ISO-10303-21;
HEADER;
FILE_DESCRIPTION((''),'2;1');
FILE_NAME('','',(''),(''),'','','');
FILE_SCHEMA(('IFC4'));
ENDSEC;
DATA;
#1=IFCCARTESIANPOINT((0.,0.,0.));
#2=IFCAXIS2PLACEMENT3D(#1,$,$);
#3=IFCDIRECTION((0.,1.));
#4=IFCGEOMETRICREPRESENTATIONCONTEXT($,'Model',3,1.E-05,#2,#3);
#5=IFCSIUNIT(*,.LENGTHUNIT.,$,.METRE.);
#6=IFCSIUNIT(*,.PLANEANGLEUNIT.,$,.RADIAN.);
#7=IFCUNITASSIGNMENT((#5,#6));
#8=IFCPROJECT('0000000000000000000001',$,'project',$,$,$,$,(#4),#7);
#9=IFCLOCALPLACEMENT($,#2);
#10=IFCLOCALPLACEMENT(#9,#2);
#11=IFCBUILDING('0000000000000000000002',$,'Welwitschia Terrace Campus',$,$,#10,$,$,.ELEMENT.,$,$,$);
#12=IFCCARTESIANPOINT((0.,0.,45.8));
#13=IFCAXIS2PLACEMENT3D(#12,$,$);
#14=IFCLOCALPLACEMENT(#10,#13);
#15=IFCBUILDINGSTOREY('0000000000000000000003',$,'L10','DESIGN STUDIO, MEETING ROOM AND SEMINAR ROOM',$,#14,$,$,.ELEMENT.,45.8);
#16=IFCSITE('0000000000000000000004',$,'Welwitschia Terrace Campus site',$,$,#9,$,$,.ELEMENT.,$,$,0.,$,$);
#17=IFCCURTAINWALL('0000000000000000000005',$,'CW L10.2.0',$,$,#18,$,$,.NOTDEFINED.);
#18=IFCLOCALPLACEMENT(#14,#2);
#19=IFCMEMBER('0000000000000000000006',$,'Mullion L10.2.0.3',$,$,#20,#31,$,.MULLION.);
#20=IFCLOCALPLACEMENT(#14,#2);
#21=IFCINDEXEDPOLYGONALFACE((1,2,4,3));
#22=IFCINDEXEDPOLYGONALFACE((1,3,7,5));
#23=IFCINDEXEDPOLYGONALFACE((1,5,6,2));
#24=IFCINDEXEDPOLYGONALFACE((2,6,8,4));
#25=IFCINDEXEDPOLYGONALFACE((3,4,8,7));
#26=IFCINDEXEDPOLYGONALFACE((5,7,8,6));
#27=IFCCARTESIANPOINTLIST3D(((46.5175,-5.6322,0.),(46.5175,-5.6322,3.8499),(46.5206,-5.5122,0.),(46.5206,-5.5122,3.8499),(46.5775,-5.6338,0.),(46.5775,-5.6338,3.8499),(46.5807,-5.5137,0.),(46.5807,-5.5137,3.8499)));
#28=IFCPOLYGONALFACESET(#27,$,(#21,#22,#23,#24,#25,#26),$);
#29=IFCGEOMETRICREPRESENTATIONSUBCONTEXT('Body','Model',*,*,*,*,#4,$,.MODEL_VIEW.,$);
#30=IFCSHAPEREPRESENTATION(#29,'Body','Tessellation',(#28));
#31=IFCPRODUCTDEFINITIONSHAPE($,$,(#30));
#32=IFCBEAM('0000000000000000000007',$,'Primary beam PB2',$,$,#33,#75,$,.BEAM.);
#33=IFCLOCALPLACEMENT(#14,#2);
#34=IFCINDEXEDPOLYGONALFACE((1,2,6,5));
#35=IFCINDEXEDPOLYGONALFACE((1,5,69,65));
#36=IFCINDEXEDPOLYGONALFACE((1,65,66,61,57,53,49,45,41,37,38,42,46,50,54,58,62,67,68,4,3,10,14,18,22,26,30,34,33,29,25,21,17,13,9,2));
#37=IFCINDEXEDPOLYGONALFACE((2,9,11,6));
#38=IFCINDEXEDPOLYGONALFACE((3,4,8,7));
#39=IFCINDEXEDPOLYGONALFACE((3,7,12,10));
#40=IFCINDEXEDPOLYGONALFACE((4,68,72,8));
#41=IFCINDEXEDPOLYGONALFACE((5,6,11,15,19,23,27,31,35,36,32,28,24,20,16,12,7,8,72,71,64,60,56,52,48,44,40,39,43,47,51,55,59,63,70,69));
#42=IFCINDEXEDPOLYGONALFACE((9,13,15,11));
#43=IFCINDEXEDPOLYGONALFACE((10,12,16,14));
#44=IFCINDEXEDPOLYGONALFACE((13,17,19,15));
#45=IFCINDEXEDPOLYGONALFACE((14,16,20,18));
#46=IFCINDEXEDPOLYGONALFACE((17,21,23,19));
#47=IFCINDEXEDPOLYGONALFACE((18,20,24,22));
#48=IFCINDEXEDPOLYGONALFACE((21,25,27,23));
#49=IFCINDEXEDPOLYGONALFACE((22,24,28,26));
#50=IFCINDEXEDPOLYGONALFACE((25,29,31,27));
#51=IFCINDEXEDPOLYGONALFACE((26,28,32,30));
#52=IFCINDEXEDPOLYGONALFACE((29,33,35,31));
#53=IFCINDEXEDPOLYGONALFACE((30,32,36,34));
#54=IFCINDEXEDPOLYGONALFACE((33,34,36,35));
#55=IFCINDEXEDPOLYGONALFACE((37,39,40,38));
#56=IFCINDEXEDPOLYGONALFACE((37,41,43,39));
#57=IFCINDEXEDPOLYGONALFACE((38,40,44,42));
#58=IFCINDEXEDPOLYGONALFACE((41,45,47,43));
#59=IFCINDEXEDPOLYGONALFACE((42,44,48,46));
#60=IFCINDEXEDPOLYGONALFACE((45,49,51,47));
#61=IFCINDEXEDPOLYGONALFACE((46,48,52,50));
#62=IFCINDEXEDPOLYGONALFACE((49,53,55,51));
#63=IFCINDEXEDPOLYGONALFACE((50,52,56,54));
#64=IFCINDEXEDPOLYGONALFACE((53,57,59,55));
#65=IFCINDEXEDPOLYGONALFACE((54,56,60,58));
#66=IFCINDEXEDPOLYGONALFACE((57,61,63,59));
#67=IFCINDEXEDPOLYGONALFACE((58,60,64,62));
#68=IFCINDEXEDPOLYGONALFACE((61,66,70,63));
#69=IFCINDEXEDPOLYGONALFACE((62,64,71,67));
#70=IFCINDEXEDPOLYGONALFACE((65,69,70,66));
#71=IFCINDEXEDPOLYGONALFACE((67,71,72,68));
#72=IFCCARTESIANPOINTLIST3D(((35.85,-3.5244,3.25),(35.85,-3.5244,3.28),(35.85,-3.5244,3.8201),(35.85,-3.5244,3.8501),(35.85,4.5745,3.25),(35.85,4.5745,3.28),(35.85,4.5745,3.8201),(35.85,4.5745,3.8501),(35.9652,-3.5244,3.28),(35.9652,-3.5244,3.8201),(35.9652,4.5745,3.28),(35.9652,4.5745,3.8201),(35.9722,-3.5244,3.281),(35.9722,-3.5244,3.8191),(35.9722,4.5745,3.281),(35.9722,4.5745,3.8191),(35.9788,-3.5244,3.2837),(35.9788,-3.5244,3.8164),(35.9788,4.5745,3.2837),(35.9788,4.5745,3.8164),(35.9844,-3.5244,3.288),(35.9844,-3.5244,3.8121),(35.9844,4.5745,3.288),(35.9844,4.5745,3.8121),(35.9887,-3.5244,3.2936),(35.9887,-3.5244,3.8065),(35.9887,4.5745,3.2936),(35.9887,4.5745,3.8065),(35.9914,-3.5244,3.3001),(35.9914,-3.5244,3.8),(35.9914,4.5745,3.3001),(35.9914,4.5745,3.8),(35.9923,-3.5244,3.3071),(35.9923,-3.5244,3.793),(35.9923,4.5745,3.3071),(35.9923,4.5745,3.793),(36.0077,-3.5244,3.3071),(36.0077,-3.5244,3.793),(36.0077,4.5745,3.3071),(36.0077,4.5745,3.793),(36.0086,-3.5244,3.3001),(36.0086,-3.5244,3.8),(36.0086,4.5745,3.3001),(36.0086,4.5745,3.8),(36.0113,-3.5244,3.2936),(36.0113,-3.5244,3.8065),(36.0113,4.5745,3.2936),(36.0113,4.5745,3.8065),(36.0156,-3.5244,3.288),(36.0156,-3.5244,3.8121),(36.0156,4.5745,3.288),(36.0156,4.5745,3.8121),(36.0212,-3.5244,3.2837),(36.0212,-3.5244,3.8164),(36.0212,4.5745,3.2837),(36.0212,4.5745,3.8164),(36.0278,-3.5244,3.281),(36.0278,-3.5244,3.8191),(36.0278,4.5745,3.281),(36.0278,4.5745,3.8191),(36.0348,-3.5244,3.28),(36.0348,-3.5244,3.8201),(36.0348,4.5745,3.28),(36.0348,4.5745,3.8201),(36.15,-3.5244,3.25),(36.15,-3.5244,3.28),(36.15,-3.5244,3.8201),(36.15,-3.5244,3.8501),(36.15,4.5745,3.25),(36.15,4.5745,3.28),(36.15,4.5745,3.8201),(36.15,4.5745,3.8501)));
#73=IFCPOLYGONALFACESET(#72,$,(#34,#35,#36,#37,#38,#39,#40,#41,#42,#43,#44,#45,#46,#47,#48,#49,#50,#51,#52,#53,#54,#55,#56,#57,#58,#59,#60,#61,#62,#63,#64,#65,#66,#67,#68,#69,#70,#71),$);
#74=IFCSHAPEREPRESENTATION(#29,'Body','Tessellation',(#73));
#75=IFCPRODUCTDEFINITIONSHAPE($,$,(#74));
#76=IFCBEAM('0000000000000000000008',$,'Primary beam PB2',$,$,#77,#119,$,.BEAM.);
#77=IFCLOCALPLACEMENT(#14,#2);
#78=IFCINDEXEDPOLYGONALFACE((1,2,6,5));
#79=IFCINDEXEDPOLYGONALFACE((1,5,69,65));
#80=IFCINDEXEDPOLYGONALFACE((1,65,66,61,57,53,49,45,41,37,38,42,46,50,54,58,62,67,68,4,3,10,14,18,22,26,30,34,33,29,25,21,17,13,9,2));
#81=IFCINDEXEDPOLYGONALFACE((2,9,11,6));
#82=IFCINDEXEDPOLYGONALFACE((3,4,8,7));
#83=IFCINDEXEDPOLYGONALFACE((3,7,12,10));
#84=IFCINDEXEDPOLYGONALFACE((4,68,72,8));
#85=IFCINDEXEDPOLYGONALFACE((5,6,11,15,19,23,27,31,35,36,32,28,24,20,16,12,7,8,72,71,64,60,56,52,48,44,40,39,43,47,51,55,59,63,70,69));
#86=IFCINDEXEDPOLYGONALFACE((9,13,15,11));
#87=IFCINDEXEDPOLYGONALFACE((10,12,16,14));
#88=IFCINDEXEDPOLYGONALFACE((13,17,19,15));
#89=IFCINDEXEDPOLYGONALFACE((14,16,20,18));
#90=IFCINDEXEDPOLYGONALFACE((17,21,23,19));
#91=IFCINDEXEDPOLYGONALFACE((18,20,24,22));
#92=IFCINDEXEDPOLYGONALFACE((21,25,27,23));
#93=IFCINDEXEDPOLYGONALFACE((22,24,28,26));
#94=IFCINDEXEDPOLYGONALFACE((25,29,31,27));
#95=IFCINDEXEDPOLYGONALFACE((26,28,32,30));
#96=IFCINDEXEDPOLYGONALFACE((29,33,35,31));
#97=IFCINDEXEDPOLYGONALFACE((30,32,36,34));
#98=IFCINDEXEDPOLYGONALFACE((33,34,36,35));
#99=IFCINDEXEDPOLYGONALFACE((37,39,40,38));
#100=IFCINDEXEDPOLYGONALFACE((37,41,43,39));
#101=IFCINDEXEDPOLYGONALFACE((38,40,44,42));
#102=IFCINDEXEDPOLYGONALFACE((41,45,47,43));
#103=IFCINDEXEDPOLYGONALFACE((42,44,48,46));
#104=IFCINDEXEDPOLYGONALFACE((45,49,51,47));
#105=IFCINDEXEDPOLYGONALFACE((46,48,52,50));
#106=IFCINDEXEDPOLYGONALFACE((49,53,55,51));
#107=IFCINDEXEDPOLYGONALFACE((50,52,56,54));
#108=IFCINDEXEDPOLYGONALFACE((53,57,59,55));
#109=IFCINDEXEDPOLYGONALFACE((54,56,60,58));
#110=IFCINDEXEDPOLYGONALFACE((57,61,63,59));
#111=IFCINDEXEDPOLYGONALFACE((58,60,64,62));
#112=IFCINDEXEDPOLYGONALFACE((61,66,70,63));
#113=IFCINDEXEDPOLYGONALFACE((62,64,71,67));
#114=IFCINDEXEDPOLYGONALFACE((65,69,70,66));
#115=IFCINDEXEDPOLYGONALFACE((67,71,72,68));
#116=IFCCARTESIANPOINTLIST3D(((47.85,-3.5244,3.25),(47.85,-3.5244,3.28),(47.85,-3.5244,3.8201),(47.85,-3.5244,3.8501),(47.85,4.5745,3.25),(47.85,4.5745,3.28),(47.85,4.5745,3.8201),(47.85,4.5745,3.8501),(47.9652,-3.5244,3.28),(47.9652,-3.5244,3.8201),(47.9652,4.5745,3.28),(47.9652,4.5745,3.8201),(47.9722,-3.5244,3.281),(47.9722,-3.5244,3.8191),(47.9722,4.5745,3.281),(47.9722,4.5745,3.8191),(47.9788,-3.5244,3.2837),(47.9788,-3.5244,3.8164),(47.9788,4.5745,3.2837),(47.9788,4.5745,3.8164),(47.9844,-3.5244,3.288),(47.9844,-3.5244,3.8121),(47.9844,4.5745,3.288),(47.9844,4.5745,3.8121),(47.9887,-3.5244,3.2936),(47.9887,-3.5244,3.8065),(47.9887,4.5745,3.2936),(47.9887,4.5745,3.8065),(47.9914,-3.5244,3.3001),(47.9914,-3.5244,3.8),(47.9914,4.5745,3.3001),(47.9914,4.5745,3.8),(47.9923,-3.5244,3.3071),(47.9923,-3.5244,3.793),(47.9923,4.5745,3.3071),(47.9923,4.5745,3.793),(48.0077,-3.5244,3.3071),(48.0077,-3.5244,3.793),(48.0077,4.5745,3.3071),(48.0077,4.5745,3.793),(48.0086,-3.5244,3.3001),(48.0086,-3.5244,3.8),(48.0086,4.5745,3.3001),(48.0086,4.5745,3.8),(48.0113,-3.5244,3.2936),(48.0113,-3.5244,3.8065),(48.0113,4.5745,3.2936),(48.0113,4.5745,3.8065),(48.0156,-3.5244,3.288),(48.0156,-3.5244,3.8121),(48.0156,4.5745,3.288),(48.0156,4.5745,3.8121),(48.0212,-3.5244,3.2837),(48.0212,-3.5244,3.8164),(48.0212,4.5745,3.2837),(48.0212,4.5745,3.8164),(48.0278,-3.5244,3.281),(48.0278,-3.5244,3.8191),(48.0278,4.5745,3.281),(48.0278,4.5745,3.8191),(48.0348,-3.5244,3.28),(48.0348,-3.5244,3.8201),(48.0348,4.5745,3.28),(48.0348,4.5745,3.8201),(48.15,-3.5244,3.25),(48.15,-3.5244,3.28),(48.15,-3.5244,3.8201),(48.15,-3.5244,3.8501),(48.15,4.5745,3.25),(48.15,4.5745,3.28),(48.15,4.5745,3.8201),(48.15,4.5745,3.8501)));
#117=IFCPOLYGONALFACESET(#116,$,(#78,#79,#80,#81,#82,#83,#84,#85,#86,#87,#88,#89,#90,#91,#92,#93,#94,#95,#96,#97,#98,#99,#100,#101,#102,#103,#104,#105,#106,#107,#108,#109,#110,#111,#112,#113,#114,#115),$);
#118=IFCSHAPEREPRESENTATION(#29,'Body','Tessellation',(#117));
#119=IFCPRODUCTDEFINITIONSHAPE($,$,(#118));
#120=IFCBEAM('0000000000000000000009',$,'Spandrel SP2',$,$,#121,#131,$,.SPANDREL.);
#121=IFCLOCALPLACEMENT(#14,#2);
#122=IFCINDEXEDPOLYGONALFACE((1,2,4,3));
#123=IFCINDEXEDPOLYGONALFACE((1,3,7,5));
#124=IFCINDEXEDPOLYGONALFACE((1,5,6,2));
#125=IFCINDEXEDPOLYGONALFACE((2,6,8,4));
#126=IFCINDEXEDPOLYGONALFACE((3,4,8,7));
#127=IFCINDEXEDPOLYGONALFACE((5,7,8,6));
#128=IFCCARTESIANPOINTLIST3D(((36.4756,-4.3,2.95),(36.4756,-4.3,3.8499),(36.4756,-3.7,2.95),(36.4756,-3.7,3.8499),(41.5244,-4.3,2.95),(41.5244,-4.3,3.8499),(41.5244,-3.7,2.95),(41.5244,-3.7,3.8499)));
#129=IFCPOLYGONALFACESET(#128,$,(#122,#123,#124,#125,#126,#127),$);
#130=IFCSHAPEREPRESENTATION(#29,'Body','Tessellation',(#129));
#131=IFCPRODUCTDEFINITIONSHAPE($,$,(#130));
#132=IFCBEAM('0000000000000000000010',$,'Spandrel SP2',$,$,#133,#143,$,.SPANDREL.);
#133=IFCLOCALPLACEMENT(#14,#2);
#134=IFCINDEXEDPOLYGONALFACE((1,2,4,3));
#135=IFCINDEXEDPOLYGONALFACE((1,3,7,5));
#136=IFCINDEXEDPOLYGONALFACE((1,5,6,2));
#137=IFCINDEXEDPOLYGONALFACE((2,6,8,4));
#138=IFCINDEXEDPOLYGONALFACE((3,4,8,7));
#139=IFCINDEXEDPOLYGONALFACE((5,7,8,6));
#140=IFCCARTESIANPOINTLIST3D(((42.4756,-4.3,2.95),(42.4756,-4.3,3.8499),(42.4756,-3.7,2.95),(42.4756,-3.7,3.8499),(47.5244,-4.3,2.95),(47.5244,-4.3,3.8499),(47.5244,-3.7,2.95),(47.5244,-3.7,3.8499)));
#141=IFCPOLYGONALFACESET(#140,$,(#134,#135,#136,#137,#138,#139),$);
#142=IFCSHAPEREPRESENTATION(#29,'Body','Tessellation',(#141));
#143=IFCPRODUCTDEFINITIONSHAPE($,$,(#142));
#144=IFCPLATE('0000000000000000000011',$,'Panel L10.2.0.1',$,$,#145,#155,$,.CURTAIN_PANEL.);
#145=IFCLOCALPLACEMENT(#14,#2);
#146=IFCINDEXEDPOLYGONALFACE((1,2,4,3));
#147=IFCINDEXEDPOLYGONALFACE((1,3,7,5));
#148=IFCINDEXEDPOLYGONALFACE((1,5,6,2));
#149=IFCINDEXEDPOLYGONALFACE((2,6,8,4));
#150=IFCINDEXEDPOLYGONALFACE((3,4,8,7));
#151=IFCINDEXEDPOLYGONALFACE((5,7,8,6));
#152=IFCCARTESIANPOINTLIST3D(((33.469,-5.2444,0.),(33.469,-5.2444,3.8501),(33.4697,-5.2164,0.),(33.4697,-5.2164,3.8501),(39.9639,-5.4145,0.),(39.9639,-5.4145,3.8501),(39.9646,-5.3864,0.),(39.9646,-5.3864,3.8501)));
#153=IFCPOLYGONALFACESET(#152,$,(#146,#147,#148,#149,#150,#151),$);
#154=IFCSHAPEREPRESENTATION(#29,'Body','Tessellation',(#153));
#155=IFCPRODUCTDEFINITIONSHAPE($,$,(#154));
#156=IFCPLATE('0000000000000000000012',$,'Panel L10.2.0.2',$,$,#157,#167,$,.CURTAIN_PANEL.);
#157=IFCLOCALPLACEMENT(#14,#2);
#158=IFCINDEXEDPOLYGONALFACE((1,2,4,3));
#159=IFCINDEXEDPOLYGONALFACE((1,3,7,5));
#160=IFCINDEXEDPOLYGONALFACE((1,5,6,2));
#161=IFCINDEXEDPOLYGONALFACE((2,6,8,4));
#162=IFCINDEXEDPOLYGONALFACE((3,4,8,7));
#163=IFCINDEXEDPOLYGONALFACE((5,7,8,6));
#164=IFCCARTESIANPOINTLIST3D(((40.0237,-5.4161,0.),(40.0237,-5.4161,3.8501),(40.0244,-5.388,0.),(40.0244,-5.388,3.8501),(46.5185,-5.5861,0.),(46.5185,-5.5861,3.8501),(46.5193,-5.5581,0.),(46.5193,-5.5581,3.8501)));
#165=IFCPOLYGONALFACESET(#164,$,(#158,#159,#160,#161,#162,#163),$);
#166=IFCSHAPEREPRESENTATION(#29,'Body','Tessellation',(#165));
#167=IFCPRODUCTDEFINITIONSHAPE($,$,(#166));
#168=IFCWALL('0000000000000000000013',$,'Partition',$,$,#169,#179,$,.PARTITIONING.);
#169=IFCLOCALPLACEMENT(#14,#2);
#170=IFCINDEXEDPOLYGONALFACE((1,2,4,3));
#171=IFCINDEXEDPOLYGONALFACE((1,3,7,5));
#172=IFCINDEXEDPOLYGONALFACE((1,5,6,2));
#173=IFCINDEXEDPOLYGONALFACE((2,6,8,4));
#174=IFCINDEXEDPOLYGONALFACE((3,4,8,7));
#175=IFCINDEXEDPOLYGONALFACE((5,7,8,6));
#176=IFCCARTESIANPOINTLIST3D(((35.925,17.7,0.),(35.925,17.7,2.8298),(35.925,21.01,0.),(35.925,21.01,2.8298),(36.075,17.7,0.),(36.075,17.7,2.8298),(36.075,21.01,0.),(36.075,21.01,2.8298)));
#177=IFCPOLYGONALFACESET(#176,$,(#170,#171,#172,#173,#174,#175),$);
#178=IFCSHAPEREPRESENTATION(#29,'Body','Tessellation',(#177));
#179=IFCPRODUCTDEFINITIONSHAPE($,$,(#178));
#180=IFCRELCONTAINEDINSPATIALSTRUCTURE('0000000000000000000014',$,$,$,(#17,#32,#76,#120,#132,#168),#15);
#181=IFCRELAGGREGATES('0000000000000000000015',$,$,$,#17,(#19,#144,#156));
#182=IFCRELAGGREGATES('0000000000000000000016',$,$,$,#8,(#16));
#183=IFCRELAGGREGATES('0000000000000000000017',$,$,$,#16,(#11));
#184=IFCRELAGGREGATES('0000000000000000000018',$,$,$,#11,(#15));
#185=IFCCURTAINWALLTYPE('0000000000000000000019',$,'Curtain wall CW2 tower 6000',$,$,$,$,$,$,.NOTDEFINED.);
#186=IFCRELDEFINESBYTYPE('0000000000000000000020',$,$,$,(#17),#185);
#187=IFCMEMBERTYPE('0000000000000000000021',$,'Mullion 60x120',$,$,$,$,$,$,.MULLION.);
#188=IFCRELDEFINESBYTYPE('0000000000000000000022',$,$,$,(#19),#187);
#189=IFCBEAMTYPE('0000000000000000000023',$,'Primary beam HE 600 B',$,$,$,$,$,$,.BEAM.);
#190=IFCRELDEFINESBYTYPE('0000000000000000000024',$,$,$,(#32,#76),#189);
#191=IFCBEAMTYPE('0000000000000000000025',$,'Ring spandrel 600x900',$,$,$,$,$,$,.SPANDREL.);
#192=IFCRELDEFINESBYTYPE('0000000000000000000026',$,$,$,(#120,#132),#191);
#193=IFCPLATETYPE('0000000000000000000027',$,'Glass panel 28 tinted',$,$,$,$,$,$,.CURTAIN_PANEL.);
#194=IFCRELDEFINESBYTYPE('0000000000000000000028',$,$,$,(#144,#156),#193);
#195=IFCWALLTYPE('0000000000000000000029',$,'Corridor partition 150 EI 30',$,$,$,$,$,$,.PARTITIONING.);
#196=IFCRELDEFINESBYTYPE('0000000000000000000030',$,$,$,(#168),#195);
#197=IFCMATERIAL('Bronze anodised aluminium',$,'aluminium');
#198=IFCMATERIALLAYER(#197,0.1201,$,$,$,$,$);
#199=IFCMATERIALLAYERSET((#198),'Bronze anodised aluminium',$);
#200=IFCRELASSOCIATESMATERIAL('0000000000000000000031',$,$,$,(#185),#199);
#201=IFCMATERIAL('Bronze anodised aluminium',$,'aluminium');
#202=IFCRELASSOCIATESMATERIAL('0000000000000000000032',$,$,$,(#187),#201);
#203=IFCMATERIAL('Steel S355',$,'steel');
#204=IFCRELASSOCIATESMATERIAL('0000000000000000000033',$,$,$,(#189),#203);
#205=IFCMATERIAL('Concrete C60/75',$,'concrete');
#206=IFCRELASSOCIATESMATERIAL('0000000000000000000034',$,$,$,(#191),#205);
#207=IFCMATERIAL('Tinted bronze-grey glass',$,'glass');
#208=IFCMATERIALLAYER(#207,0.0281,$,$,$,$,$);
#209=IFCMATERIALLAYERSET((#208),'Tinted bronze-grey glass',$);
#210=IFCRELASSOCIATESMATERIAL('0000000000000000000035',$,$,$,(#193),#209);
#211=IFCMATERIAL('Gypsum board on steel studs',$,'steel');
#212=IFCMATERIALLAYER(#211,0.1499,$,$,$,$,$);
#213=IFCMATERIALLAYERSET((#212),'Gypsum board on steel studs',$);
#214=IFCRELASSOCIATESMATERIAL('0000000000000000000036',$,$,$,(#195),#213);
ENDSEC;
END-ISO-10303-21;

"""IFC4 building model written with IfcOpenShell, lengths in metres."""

from ifc_helpers import new_model, si_unit, direction, frame, frame_2d, origin, origin_2d, place, context, subcontext, project, spatial, rectangle, i_section, extrude, material, layer, layer_set, material_profile, profile_set, type_object, element, aggregate, save


model = new_model("IFC4")

# Units and contexts
model_context = context("Model", 3, precision=1e-05, world=origin(), true_north=direction((0.0, 1.0)))
body_context = subcontext(model_context, "Body", "Model", "MODEL_VIEW")
ifc_project = project(units=[si_unit("LENGTHUNIT", "METRE"), si_unit("PLANEANGLEUNIT", "RADIAN")], contexts=[model_context])

# Site, building, storey
site_placement = place(None, origin())
site = spatial("IfcSite", under=ifc_project, at=site_placement, Name="Welwitschia Terrace Campus site", CompositionType="ELEMENT", RefElevation=0.0)
building_placement = place(site_placement, origin())
building = spatial("IfcBuilding", under=site, at=building_placement, Name="Welwitschia Terrace Campus", CompositionType="ELEMENT")
storey_placement = place(building_placement, frame((0.0, 0.0, 45.8)))
storey = spatial("IfcBuildingStorey", under=building, at=storey_placement, Name="L10", Description="DESIGN STUDIO, MEETING ROOM AND SEMINAR ROOM", CompositionType="ELEMENT", Elevation=45.8)

# Curtain wall, member
ifc_material_1 = material(Name="Bronze anodised aluminium", Category="aluminium")
ifc_layer_1 = layer(ifc_material_1, 0.1201)
ifc_layer_set_1 = layer_set([ifc_layer_1], Name="Bronze anodised aluminium")
curtain_wall_type = type_object("IfcCurtainWallType", Name="Curtain wall CW2 tower 6000", PredefinedType="NOTDEFINED", material=ifc_layer_set_1)
curtain_wall_placement = place(storey_placement, origin())
curtain_wall = element("IfcCurtainWall", 1, at=curtain_wall_placement, inside=storey, type_object=curtain_wall_type, Name="CW L10.2.0", PredefinedType="NOTDEFINED")
ifc_material_2 = material(Name="Bronze anodised aluminium", Category="aluminium")
ifc_material_profile_1 = material_profile(ifc_material_2, rectangle(XDim=0.1201, YDim=0.0601, at=origin_2d()))
ifc_profile_set_1 = profile_set([ifc_material_profile_1], Name="Bronze anodised aluminium")
member_type = type_object("IfcMemberType", Name="Mullion 60x120", PredefinedType="MULLION", material=ifc_profile_set_1)
member_1_placement = place(storey_placement, frame((46.5491, -5.573, 0.0), z_axis=(0.0, 0.0, 1.0), x_axis=(0.026177, 0.999657, 0.0)))
member_1 = element("IfcMember", 2, at=member_1_placement, type_object=member_type, Name="Mullion L10.2.0.3", PredefinedType="MULLION", context=body_context, shape_type="SweptSolid", body=[
    extrude(rectangle(XDim=0.1201, YDim=0.0601, at=origin_2d()), origin(), (0.0, 0.0, 1.0), 3.8499),
])

# Beams
ifc_material_3 = material(Name="Steel S355", Category="steel")
ifc_material_profile_2 = material_profile(ifc_material_3, i_section(OverallWidth=0.3, OverallDepth=0.6001, WebThickness=0.0154, FlangeThickness=0.03, FilletRadius=0.0271, at=origin_2d()))
ifc_profile_set_2 = profile_set([ifc_material_profile_2], Name="Steel S355")
beam_type_1 = type_object("IfcBeamType", Name="Primary beam HE 600 B", PredefinedType="BEAM", material=ifc_profile_set_2)
for number, where, z_axis, x_axis, name in (
    (3, (36.0, -3.5244, 3.55), (0.0, 1.0, 0.0), (-1.0, 0.0, 0.0), "Primary beam PB2"),
    (4, (48.0, -3.5244, 3.55), (0.0, 1.0, 0.0), (-1.0, 0.0, 0.0), "Primary beam PB2"),
):
    element("IfcBeam", number, at=place(storey_placement, frame(where, z_axis=z_axis, x_axis=x_axis)), inside=storey, type_object=beam_type_1, Name=name, PredefinedType="BEAM", context=body_context, shape_type="SweptSolid", body=[
        extrude(i_section(OverallWidth=0.3, OverallDepth=0.6001, WebThickness=0.0154, FlangeThickness=0.03, FilletRadius=0.0271, at=origin_2d()), origin(), (0.0, 0.0, 1.0), 8.0989),
    ])
ifc_material_4 = material(Name="Concrete C60/75", Category="concrete")
ifc_material_profile_3 = material_profile(ifc_material_4, rectangle(XDim=0.6001, YDim=0.8999, at=origin_2d()))
ifc_profile_set_3 = profile_set([ifc_material_profile_3], Name="Concrete C60/75")
beam_type_2 = type_object("IfcBeamType", Name="Ring spandrel 600x900", PredefinedType="SPANDREL", material=ifc_profile_set_3)
for number, where, z_axis, x_axis, name in (
    (5, (36.4756, -4.0, 3.3999), (1.0, 0.0, 0.0), (0.0, 1.0, 0.0), "Spandrel SP2"),
    (6, (42.4756, -4.0, 3.3999), (1.0, 0.0, 0.0), (0.0, 1.0, 0.0), "Spandrel SP2"),
):
    element("IfcBeam", number, at=place(storey_placement, frame(where, z_axis=z_axis, x_axis=x_axis)), inside=storey, type_object=beam_type_2, Name=name, PredefinedType="SPANDREL", context=body_context, shape_type="SweptSolid", body=[
        extrude(rectangle(XDim=0.6001, YDim=0.8999, at=origin_2d()), origin(), (0.0, 0.0, 1.0), 5.0488),
    ])

# Plates
ifc_material_5 = material(Name="Tinted bronze-grey glass", Category="glass")
ifc_layer_2 = layer(ifc_material_5, 0.0281)
ifc_layer_set_2 = layer_set([ifc_layer_2], Name="Tinted bronze-grey glass")
plate_type = type_object("IfcPlateType", Name="Glass panel 28 tinted", PredefinedType="CURTAIN_PANEL", material=ifc_layer_set_2)
plate_1_placement = place(storey_placement, frame((36.7168, -5.3154, 0.0), z_axis=(0.0, 0.0, 1.0), x_axis=(0.999657, -0.026177, 0.0)))
plate_1 = element("IfcPlate", 7, at=plate_1_placement, type_object=plate_type, Name="Panel L10.2.0.1", PredefinedType="CURTAIN_PANEL", context=body_context, shape_type="SweptSolid", body=[
    extrude(rectangle(XDim=6.4971, YDim=0.0281, at=origin_2d()), origin(), (0.0, 0.0, 1.0), 3.8501),
])
plate_2_placement = place(storey_placement, frame((43.2715, -5.4871, 0.0), z_axis=(0.0, 0.0, 1.0), x_axis=(0.999657, -0.026177, 0.0)))
plate_2 = element("IfcPlate", 8, at=plate_2_placement, type_object=plate_type, Name="Panel L10.2.0.2", PredefinedType="CURTAIN_PANEL", context=body_context, shape_type="SweptSolid", body=[
    extrude(rectangle(XDim=6.4971, YDim=0.0281, at=origin_2d()), origin(), (0.0, 0.0, 1.0), 3.8501),
])
aggregate(curtain_wall, [member_1, plate_1, plate_2])

# Wall
ifc_material_6 = material(Name="Gypsum board on steel studs", Category="steel")
ifc_layer_3 = layer(ifc_material_6, 0.1499)
ifc_layer_set_3 = layer_set([ifc_layer_3], Name="Gypsum board on steel studs")
wall_type = type_object("IfcWallType", Name="Corridor partition 150 EI 30", PredefinedType="PARTITIONING", material=ifc_layer_set_3)
wall_1_placement = place(storey_placement, frame((36.0, 17.7, 0.0), z_axis=(0.0, 0.0, 1.0), x_axis=(0.0, 1.0, 0.0)))
element("IfcWall", 9, at=wall_1_placement, inside=storey, type_object=wall_type, Name="Partition", PredefinedType="PARTITIONING", context=body_context, shape_type="SweptSolid", body=[
    extrude(rectangle(XDim=3.3101, YDim=0.1499, at=frame_2d((1.655, 0.0))), origin(), (0.0, 0.0, 1.0), 2.8298),
])

save(model, "model.ifc")
